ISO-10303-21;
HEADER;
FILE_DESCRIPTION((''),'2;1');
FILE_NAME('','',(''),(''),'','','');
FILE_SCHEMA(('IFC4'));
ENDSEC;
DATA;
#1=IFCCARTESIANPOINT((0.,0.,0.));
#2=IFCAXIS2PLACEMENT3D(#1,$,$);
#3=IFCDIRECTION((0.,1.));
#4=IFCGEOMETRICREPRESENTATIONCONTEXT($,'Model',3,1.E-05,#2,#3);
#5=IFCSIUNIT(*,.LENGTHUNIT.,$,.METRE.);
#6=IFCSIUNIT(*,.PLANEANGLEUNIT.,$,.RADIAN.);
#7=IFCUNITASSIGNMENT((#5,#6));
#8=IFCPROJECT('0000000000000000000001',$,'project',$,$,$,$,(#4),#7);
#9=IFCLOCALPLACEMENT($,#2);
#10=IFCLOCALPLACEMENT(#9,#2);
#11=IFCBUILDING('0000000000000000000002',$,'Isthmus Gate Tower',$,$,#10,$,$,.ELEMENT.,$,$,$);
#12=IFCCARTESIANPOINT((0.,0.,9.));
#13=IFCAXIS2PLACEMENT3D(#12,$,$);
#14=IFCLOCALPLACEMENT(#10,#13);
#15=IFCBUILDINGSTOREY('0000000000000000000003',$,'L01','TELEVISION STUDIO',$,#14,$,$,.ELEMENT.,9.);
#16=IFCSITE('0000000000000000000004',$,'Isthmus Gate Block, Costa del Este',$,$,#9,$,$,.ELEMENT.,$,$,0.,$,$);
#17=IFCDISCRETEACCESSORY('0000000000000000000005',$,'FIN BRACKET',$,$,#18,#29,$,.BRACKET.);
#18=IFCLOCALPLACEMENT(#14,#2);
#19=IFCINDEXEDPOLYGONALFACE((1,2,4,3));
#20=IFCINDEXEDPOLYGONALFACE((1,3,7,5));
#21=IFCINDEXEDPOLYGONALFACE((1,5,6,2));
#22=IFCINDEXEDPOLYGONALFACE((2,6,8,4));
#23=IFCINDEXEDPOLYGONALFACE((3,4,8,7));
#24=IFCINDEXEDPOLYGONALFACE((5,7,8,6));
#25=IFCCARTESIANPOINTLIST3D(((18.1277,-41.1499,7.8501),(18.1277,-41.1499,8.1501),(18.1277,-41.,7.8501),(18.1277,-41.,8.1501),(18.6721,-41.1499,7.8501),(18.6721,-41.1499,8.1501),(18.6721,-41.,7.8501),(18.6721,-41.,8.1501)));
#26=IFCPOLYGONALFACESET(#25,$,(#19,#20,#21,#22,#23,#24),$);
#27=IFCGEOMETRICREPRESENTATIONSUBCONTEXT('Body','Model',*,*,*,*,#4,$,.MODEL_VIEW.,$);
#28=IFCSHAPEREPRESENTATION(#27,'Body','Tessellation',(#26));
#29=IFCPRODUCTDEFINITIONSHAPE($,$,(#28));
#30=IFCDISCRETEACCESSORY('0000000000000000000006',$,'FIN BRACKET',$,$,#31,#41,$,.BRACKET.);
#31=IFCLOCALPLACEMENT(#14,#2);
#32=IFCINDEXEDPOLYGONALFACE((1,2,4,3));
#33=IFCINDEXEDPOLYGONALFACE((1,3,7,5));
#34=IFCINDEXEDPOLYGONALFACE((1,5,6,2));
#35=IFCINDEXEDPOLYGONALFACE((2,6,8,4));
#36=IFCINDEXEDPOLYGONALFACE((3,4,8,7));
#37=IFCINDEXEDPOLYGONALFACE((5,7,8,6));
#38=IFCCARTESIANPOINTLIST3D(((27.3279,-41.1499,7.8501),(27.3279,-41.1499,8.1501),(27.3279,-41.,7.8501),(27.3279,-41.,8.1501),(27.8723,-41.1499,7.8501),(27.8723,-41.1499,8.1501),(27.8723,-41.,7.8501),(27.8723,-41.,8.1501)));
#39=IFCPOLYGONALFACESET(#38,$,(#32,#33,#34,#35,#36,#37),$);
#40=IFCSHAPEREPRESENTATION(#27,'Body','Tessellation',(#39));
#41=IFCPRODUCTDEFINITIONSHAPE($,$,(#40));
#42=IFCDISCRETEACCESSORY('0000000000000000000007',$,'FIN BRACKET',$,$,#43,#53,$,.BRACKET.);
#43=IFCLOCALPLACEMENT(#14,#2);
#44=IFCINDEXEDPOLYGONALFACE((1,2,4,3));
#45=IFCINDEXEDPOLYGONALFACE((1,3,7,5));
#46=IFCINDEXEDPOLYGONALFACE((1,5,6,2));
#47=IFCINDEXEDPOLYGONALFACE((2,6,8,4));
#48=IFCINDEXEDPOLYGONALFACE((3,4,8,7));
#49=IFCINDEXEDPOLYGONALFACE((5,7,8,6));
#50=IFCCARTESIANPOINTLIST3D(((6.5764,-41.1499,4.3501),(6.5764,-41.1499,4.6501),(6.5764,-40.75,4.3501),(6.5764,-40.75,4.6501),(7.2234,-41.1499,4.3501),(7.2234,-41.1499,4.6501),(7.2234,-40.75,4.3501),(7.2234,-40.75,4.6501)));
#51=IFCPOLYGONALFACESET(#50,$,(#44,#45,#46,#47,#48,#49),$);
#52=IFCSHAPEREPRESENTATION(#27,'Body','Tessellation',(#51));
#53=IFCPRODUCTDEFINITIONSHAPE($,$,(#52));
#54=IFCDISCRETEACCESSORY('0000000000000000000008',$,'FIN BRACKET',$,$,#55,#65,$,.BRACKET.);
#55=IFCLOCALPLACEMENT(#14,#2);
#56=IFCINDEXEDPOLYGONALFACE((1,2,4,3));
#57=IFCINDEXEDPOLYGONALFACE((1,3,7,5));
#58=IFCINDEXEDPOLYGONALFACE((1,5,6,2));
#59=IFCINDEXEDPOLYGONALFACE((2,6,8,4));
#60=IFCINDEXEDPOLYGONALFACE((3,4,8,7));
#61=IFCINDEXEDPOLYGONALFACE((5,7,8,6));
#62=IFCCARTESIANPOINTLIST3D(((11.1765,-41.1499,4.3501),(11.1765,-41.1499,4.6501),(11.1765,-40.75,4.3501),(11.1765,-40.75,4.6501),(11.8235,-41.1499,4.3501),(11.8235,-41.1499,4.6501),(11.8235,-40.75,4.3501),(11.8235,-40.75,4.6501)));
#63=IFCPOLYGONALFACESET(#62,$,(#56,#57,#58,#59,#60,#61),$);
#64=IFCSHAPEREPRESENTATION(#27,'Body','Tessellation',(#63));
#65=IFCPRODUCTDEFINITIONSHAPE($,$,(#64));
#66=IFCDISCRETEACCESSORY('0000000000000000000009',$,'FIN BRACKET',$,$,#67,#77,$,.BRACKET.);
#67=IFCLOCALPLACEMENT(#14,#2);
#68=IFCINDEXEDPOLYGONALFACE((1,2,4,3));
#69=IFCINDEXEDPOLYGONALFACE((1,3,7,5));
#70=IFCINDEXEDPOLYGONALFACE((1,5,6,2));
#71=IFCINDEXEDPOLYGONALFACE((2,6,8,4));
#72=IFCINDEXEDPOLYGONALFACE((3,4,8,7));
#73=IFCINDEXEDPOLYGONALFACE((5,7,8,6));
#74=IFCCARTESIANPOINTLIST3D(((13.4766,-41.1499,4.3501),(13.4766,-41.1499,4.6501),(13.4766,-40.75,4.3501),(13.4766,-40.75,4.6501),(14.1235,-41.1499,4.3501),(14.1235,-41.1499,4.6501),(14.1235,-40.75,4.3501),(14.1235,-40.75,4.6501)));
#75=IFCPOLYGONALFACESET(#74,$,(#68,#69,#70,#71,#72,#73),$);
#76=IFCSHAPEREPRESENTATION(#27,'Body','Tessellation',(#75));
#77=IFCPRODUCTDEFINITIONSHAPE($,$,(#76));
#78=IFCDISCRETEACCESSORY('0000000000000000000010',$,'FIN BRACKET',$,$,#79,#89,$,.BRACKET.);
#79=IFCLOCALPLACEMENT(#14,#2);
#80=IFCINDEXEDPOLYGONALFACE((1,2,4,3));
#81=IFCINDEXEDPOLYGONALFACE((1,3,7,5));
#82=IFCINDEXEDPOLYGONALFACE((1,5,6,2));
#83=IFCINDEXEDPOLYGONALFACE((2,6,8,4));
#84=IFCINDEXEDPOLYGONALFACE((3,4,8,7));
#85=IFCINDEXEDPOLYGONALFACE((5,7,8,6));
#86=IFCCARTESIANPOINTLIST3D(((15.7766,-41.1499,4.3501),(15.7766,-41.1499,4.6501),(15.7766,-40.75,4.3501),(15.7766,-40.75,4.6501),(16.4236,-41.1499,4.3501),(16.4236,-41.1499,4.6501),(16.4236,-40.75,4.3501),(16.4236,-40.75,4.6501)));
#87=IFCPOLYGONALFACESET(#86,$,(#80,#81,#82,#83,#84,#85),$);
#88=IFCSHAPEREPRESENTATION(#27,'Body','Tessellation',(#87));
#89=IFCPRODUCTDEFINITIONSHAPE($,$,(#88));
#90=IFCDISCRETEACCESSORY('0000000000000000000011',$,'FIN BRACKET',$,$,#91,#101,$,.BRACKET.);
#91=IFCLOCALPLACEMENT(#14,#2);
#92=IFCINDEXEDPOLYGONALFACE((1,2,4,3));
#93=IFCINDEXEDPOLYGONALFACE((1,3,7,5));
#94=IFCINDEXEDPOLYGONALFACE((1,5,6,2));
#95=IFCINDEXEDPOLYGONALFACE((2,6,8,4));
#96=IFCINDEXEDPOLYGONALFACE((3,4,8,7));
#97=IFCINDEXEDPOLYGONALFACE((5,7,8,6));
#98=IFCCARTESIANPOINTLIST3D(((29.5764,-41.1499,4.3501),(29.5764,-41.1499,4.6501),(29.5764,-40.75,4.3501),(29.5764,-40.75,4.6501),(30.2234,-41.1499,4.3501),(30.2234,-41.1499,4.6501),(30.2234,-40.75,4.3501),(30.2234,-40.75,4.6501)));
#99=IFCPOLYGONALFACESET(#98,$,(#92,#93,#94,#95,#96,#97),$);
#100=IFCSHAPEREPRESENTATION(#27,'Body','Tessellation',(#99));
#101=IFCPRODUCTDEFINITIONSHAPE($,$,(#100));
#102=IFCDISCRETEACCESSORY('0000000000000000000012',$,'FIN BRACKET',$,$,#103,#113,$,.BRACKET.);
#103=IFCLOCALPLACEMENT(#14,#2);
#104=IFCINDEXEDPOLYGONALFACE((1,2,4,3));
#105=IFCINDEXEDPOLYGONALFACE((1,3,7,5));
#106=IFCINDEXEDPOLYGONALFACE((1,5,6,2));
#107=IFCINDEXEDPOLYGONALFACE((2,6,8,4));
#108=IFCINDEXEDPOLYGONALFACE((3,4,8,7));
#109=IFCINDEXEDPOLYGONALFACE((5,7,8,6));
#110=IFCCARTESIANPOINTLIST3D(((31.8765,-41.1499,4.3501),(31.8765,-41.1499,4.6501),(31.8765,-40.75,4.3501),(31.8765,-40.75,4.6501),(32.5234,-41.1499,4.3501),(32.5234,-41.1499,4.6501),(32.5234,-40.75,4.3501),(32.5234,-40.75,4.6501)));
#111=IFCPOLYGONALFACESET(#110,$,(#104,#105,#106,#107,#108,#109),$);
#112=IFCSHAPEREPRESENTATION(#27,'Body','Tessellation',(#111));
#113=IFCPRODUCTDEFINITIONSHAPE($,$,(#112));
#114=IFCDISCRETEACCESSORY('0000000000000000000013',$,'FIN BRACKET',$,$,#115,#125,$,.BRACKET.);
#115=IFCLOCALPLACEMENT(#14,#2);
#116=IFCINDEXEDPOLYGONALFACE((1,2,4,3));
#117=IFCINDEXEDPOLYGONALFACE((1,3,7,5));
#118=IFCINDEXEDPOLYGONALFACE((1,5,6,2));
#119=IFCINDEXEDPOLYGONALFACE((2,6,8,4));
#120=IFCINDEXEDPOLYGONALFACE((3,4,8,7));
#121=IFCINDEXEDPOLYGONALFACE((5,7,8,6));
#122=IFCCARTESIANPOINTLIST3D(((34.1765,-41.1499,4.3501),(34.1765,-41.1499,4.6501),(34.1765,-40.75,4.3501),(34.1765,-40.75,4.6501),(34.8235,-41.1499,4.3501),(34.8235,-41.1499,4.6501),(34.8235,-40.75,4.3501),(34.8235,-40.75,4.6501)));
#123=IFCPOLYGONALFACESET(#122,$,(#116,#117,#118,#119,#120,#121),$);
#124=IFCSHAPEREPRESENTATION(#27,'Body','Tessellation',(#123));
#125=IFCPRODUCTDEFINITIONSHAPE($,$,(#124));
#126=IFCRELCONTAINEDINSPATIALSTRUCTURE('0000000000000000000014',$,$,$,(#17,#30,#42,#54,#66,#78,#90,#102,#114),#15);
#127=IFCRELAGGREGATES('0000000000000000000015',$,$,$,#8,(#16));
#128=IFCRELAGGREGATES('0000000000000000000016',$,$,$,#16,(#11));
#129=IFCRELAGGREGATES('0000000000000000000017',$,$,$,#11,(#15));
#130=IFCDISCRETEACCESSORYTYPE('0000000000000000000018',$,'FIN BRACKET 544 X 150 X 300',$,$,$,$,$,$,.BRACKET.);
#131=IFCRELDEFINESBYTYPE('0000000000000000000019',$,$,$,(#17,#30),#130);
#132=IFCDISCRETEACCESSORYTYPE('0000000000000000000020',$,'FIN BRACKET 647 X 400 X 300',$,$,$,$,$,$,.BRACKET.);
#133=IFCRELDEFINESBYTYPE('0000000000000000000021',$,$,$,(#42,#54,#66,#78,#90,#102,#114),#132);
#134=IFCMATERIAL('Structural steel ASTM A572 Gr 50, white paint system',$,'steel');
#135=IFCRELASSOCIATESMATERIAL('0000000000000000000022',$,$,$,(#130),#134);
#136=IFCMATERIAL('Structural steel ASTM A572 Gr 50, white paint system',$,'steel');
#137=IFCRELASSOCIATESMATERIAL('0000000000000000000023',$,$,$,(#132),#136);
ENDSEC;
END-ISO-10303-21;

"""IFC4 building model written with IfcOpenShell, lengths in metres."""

from ifc_helpers import new_model, si_unit, direction, frame, origin, origin_2d, place, context, subcontext, project, spatial, rectangle, extrude, material, type_object, element, save


model = new_model("IFC4")

# Units and contexts
model_context = context("Model", 3, precision=1e-05, world=origin(), true_north=direction((0.0, 1.0)))
body_context = subcontext(model_context, "Body", "Model", "MODEL_VIEW")
ifc_project = project(units=[si_unit("LENGTHUNIT", "METRE"), si_unit("PLANEANGLEUNIT", "RADIAN")], contexts=[model_context])

# Site, building, storey
site_placement = place(None, origin())
site = spatial("IfcSite", under=ifc_project, at=site_placement, Name="Isthmus Gate Block, Costa del Este", CompositionType="ELEMENT", RefElevation=0.0)
building_placement = place(site_placement, origin())
building = spatial("IfcBuilding", under=site, at=building_placement, Name="Isthmus Gate Tower", CompositionType="ELEMENT")
storey_placement = place(building_placement, frame((0.0, 0.0, 9.0)))
storey = spatial("IfcBuildingStorey", under=building, at=storey_placement, Name="L01", Description="TELEVISION STUDIO", CompositionType="ELEMENT", Elevation=9.0)

# Discrete accessories
ifc_material_1 = material(Name="Structural steel ASTM A572 Gr 50, white paint system", Category="steel")
discrete_accessory_type_1 = type_object("IfcDiscreteAccessoryType", Name="FIN BRACKET 544 X 150 X 300", PredefinedType="BRACKET", material=ifc_material_1)
for number, where, z_axis, x_axis, name in (
    (1, (18.3999, -41.075, 7.8501), (0.0, 0.0, 1.0), (0.0, -1.0, 0.0), "FIN BRACKET"),
    (2, (27.6001, -41.075, 7.8501), (0.0, 0.0, 1.0), (0.0, -1.0, 0.0), "FIN BRACKET"),
):
    element("IfcDiscreteAccessory", number, at=place(storey_placement, frame(where, z_axis=z_axis, x_axis=x_axis)), inside=storey, type_object=discrete_accessory_type_1, Name=name, PredefinedType="BRACKET", context=body_context, shape_type="SweptSolid", body=[
        extrude(rectangle(XDim=0.1499, YDim=0.5444, at=origin_2d()), origin(), (0.0, 0.0, 1.0), 0.3),
    ])
ifc_material_2 = material(Name="Structural steel ASTM A572 Gr 50, white paint system", Category="steel")
discrete_accessory_type_2 = type_object("IfcDiscreteAccessoryType", Name="FIN BRACKET 647 X 400 X 300", PredefinedType="BRACKET", material=ifc_material_2)
for number, where, z_axis, x_axis, name in (
    (3, (6.8999, -40.95, 4.3501), (0.0, 0.0, 1.0), (0.0, -1.0, 0.0), "FIN BRACKET"),
    (4, (11.5, -40.95, 4.3501), (0.0, 0.0, 1.0), (0.0, -1.0, 0.0), "FIN BRACKET"),
    (5, (13.8, -40.95, 4.3501), (0.0, 0.0, 1.0), (0.0, -1.0, 0.0), "FIN BRACKET"),
    (6, (16.1001, -40.95, 4.3501), (0.0, 0.0, 1.0), (0.0, -1.0, 0.0), "FIN BRACKET"),
    (7, (29.8999, -40.95, 4.3501), (0.0, 0.0, 1.0), (0.0, -1.0, 0.0), "FIN BRACKET"),
    (8, (32.2, -40.95, 4.3501), (0.0, 0.0, 1.0), (0.0, -1.0, 0.0), "FIN BRACKET"),
    (9, (34.5, -40.95, 4.3501), (0.0, 0.0, 1.0), (0.0, -1.0, 0.0), "FIN BRACKET"),
):
    element("IfcDiscreteAccessory", number, at=place(storey_placement, frame(where, z_axis=z_axis, x_axis=x_axis)), inside=storey, type_object=discrete_accessory_type_2, Name=name, PredefinedType="BRACKET", context=body_context, shape_type="SweptSolid", body=[
        extrude(rectangle(XDim=0.3999, YDim=0.647, at=origin_2d()), origin(), (0.0, 0.0, 1.0), 0.3),
    ])

save(model, "model.ifc")
